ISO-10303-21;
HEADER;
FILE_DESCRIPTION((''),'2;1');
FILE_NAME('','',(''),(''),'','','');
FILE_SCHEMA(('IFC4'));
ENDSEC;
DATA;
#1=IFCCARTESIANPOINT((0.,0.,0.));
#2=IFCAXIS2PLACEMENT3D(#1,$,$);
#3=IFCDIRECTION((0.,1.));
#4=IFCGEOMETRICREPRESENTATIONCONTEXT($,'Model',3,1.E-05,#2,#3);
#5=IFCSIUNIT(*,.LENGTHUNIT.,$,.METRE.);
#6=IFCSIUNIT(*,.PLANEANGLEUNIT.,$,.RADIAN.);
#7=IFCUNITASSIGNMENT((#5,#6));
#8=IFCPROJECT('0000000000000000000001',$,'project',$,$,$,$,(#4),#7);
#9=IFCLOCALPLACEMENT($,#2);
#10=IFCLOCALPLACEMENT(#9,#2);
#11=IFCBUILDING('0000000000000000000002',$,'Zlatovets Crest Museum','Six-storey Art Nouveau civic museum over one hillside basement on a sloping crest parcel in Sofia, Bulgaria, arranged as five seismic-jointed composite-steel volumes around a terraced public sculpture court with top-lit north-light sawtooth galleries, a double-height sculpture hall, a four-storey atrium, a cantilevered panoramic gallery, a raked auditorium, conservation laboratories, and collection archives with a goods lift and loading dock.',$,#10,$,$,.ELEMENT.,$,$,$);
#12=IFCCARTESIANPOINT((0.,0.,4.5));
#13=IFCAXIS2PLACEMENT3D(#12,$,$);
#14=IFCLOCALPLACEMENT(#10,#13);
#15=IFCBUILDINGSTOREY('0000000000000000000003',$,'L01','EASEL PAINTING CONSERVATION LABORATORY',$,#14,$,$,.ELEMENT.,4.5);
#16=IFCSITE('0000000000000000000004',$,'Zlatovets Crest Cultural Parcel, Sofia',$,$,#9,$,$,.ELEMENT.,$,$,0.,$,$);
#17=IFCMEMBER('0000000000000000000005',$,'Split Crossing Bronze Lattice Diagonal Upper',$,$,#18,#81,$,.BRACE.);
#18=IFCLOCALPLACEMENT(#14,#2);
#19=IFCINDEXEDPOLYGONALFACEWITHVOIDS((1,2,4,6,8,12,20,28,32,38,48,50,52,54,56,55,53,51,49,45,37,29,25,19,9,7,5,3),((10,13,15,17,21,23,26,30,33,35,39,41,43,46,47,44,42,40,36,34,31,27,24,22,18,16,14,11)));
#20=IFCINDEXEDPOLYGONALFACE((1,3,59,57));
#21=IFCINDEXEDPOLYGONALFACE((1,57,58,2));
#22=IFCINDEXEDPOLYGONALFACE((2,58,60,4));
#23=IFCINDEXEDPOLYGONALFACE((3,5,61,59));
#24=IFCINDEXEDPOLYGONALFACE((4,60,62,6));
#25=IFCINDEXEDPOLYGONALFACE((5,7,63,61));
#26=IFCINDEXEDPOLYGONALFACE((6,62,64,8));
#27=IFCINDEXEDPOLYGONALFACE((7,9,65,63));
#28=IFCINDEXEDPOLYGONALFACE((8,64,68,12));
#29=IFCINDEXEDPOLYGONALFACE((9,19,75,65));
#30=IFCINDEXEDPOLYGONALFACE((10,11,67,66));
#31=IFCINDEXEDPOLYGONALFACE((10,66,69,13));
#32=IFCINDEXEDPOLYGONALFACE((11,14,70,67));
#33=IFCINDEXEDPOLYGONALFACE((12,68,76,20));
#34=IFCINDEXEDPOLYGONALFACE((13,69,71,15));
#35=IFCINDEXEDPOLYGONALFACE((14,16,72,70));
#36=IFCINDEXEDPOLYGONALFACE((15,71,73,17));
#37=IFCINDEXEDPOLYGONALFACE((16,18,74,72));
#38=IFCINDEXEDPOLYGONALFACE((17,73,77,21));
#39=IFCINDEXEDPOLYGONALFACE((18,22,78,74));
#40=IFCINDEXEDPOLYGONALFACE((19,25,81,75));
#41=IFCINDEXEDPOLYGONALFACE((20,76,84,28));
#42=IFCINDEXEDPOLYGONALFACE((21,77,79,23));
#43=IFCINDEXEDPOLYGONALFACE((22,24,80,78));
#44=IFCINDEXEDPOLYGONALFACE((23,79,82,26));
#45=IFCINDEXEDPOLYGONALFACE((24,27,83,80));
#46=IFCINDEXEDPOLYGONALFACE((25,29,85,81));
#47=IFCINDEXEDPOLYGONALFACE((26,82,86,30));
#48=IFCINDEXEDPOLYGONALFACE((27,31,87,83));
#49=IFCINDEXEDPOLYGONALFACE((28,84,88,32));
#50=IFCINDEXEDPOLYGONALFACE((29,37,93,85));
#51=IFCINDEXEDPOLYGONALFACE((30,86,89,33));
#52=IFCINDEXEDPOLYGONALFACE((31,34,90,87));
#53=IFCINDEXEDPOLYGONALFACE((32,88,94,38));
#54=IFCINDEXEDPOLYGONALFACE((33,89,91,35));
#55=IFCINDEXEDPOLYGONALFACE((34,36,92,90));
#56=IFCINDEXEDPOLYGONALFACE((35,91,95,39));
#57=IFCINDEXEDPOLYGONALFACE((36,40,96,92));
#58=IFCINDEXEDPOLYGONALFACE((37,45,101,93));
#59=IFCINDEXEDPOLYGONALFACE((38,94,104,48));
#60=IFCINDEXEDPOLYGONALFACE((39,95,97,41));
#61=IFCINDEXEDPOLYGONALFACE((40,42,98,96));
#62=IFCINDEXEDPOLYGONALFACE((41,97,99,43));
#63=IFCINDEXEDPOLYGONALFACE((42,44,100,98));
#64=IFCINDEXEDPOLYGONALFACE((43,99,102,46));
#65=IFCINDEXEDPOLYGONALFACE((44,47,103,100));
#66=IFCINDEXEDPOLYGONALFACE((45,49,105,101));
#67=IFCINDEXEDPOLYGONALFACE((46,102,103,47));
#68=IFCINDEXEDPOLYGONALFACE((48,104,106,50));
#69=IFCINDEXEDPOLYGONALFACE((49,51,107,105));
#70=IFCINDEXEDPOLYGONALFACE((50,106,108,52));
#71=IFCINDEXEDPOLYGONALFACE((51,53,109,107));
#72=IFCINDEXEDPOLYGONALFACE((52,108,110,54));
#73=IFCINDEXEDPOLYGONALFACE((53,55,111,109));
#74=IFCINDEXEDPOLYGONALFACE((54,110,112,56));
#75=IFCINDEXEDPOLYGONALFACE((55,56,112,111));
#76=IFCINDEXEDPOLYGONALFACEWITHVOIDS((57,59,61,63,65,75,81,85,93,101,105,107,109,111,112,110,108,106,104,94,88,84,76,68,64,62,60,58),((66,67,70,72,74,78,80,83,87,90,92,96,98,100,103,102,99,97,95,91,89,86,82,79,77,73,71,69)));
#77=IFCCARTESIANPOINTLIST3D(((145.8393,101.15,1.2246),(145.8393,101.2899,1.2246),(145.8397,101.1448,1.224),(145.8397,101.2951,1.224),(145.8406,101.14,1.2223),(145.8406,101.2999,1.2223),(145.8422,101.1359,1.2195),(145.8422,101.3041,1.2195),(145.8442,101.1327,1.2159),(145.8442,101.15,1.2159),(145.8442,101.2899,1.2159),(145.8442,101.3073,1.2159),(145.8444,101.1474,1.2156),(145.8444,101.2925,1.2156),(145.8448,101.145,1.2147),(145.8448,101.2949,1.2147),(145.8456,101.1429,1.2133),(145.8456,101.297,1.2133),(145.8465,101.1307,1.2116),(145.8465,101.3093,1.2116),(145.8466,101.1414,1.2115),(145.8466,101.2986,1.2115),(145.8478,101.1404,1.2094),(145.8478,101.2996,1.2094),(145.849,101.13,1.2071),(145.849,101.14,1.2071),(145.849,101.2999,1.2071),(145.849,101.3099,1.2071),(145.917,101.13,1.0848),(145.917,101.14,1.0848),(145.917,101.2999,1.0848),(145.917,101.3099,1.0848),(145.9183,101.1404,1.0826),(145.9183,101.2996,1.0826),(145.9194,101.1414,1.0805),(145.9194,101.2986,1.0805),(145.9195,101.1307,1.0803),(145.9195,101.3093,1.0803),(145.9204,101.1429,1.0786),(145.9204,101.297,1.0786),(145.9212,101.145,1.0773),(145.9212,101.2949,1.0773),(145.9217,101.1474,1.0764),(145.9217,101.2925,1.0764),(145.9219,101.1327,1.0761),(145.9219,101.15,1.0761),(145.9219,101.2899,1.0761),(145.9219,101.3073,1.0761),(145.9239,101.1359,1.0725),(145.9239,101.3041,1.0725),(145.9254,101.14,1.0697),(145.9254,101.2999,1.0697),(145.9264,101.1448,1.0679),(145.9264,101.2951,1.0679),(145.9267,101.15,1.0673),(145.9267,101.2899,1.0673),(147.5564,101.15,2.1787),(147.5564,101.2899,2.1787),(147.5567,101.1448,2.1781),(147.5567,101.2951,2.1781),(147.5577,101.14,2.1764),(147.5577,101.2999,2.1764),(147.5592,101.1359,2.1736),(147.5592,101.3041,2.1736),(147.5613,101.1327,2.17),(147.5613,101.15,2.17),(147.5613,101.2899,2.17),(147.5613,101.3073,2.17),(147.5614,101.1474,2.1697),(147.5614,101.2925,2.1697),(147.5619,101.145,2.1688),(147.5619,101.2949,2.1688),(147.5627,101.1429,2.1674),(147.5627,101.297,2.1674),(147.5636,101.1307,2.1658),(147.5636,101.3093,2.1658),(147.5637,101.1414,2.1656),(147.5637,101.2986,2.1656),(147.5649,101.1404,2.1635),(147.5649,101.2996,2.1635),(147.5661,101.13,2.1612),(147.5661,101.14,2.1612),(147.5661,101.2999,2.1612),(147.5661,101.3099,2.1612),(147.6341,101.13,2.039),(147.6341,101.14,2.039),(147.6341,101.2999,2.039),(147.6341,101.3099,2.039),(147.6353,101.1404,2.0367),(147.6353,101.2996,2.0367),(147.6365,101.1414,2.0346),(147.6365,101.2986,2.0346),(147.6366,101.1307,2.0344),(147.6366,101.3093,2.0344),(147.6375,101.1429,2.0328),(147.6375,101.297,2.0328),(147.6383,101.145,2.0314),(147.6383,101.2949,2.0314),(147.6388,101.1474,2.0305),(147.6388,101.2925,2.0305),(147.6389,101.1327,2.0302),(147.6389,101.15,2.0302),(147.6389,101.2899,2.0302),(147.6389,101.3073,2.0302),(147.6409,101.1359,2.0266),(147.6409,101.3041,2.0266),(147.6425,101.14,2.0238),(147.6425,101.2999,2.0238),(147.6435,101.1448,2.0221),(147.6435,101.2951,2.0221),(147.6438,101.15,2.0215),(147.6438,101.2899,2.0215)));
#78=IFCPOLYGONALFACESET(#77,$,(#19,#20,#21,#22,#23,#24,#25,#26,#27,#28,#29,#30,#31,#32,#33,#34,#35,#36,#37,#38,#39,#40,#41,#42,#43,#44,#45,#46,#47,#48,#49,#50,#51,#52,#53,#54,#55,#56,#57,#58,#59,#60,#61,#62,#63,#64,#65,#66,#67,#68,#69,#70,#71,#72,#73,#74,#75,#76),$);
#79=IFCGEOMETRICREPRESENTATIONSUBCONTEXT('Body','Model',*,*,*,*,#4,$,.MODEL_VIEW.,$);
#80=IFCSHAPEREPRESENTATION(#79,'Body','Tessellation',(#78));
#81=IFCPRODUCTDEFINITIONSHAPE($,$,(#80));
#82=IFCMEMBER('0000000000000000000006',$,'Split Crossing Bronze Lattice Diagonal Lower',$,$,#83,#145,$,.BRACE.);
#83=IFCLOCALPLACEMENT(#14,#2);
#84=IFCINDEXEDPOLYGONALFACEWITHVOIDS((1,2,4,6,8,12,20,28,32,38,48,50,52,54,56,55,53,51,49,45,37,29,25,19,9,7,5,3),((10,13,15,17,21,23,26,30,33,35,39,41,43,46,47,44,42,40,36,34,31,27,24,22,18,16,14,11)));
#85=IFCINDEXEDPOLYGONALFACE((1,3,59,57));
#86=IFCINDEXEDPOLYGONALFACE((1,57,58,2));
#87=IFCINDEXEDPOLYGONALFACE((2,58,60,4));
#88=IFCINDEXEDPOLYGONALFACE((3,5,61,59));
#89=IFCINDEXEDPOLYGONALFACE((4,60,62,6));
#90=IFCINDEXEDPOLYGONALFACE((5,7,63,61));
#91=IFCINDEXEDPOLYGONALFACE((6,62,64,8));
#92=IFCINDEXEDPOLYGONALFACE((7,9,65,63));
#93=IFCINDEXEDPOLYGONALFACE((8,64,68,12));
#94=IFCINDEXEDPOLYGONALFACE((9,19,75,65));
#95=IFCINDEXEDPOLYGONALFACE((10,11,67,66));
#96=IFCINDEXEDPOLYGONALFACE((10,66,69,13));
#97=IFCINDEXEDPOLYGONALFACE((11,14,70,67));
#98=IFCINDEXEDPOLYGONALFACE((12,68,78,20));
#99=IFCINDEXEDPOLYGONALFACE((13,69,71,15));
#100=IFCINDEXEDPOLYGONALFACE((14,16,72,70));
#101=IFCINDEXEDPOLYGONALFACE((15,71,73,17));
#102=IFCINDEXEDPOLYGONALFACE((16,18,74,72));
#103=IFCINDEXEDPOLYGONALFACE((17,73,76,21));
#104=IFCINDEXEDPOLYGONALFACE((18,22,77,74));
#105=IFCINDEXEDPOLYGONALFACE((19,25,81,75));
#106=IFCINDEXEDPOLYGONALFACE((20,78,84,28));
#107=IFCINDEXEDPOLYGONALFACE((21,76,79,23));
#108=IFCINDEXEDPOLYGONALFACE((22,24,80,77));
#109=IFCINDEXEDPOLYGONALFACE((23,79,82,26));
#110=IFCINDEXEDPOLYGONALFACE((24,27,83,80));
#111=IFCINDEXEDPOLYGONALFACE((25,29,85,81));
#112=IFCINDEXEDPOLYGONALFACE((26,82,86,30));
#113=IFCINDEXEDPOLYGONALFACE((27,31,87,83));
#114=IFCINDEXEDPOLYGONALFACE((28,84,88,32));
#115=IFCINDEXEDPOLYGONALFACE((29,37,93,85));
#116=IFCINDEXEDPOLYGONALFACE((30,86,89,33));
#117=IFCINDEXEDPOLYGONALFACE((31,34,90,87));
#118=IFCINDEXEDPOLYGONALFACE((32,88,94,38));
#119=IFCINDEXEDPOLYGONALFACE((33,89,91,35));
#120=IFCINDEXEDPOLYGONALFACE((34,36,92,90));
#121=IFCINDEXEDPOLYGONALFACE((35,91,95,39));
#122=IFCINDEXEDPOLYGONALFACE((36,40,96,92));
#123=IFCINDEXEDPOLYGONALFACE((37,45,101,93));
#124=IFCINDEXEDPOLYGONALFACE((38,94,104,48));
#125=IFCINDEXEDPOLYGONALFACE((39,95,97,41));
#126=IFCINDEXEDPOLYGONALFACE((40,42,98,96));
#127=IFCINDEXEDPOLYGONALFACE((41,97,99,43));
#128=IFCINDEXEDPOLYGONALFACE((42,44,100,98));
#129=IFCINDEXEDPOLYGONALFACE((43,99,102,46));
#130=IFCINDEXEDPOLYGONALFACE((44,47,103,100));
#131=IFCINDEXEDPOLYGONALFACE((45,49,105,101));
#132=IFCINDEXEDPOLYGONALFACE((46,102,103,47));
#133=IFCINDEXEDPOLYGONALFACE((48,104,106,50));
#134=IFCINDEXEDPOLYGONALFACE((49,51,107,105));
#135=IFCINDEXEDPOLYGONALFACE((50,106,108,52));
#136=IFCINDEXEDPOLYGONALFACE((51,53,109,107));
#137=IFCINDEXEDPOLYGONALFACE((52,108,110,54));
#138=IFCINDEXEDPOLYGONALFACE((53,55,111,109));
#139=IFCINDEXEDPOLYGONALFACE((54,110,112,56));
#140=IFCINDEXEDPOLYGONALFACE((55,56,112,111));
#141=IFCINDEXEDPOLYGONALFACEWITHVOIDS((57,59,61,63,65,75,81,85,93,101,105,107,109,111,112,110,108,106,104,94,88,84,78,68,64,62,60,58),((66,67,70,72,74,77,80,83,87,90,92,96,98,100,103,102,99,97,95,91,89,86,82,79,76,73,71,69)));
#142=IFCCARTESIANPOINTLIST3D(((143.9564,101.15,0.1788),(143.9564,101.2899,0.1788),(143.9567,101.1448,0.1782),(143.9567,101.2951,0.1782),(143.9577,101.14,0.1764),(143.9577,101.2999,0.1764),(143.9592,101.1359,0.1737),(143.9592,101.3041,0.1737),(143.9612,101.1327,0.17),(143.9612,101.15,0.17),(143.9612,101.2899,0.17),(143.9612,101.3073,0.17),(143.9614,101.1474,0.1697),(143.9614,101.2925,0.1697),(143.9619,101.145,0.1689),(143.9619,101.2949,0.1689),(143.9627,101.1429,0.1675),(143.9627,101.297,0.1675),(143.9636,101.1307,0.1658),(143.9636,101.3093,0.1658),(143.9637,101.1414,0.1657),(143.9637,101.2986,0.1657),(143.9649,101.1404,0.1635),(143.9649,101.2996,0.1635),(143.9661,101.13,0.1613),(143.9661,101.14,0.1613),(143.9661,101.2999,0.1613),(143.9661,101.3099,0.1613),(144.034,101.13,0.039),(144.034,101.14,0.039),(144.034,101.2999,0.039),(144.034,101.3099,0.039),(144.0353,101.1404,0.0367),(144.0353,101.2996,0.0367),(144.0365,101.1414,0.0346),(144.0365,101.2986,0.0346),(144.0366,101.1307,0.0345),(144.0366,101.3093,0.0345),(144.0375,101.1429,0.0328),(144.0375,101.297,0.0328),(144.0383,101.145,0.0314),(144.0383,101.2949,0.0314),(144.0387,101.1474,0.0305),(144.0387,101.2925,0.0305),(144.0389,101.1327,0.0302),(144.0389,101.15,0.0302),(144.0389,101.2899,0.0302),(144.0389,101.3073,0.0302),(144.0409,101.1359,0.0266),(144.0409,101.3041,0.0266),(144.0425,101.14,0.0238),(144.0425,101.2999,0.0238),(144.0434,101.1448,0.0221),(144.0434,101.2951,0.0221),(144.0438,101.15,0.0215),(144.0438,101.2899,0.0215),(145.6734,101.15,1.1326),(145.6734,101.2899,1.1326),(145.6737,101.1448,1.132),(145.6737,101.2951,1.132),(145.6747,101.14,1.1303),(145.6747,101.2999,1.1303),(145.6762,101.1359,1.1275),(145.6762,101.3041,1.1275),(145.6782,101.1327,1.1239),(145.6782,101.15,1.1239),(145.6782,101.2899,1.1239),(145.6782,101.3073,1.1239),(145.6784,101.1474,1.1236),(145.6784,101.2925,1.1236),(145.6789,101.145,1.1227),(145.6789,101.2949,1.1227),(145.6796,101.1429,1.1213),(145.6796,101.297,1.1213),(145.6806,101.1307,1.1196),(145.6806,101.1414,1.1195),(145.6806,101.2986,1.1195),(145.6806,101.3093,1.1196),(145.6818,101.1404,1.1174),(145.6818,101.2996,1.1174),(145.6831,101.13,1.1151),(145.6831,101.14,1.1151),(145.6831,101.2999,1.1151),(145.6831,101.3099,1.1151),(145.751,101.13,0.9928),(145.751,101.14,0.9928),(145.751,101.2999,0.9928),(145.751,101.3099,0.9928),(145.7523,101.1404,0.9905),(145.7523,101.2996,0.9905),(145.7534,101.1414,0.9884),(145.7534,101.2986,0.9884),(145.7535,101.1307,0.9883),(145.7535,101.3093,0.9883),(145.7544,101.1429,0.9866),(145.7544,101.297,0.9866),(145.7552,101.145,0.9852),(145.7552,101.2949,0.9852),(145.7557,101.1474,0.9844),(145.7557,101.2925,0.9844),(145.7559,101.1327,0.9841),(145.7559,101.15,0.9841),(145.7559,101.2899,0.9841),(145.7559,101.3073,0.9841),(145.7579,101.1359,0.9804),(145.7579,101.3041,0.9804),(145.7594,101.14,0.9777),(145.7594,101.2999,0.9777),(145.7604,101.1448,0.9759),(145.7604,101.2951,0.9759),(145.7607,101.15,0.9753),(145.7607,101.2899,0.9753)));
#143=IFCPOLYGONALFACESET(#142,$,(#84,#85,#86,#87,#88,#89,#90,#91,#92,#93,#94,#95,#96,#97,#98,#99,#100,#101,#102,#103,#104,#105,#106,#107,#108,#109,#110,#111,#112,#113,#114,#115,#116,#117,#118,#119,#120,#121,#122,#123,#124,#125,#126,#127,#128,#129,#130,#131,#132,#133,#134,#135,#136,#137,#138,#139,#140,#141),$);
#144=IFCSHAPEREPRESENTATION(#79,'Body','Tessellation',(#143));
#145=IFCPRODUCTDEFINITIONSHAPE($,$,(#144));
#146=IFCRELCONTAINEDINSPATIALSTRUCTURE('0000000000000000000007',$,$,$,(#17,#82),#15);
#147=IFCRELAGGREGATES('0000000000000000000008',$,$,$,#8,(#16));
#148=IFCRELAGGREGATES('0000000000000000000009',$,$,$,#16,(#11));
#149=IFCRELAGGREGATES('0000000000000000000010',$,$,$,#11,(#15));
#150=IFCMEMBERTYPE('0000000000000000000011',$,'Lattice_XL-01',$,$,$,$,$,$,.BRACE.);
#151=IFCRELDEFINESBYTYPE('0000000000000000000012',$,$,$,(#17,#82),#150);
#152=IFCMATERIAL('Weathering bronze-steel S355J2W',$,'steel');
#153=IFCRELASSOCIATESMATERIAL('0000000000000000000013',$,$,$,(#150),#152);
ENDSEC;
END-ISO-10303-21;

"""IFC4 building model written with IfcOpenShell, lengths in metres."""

from ifc_helpers import new_model, si_unit, direction, frame, origin, origin_2d, place, context, subcontext, project, spatial, hollow_rectangle, extrude, material, material_profile, profile_set, type_object, element, save


model = new_model("IFC4")

# Units and contexts
model_context = context("Model", 3, precision=1e-05, world=origin(), true_north=direction((0.0, 1.0)))
body_context = subcontext(model_context, "Body", "Model", "MODEL_VIEW")
ifc_project = project(units=[si_unit("LENGTHUNIT", "METRE"), si_unit("PLANEANGLEUNIT", "RADIAN")], contexts=[model_context])

# Site, building, storey
site_placement = place(None, origin())
site = spatial("IfcSite", under=ifc_project, at=site_placement, Name="Zlatovets Crest Cultural Parcel, Sofia", CompositionType="ELEMENT", RefElevation=0.0)
building_placement = place(site_placement, origin())
building = spatial("IfcBuilding", under=site, at=building_placement, Name="Zlatovets Crest Museum", Description="Six-storey Art Nouveau civic museum over one hillside basement on a sloping crest parcel in Sofia, Bulgaria, arranged as five seismic-jointed composite-steel volumes around a terraced public sculpture court with top-lit north-light sawtooth galleries, a double-height sculpture hall, a four-storey atrium, a cantilevered panoramic gallery, a raked auditorium, conservation laboratories, and collection archives with a goods lift and loading dock.", CompositionType="ELEMENT")
storey_placement = place(building_placement, frame((0.0, 0.0, 4.5)))
storey = spatial("IfcBuildingStorey", under=building, at=storey_placement, Name="L01", Description="EASEL PAINTING CONSERVATION LABORATORY", CompositionType="ELEMENT", Elevation=4.5)

# Members
ifc_material_1 = material(Name="Weathering bronze-steel S355J2W", Category="steel")
ifc_material_profile_1 = material_profile(ifc_material_1, hollow_rectangle(XDim=0.1799, YDim=0.1799, WallThickness=0.01, InnerFilletRadius=0.01, OuterFilletRadius=0.02, at=origin_2d()), Name="SHS 180x180x10.0")
ifc_profile_set_1 = profile_set([ifc_material_profile_1], Name="Weathering bronze-steel S355J2W")
member_type_1 = type_object("IfcMemberType", Name="Lattice_XL-01", PredefinedType="BRACE", material=ifc_profile_set_1)
member_1_placement = place(storey_placement, frame((147.6001, 101.22, 2.1001), z_axis=(-0.874116, 0.0, -0.485717), x_axis=(0.0, -1.0, 0.0)))
element("IfcMember", 1, at=member_1_placement, inside=storey, type_object=member_type_1, Name="Split Crossing Bronze Lattice Diagonal Upper", PredefinedType="BRACE", context=body_context, shape_type="SweptSolid", body=[
    extrude(hollow_rectangle(XDim=0.1799, YDim=0.1799, WallThickness=0.01, InnerFilletRadius=0.01, OuterFilletRadius=0.02, at=origin_2d()), origin(), (0.0, 0.0, 1.0), 1.9644),
])
member_2_placement = place(storey_placement, frame((145.717, 101.22, 1.054), z_axis=(-0.874169, 0.0, -0.485622), x_axis=(0.0, -1.0, 0.0)))
element("IfcMember", 2, at=member_2_placement, inside=storey, type_object=member_type_1, Name="Split Crossing Bronze Lattice Diagonal Lower", PredefinedType="BRACE", context=body_context, shape_type="SweptSolid", body=[
    extrude(hollow_rectangle(XDim=0.1799, YDim=0.1799, WallThickness=0.01, InnerFilletRadius=0.01, OuterFilletRadius=0.02, at=origin_2d()), origin(), (0.0, 0.0, 1.0), 1.9641),
])

save(model, "model.ifc")
